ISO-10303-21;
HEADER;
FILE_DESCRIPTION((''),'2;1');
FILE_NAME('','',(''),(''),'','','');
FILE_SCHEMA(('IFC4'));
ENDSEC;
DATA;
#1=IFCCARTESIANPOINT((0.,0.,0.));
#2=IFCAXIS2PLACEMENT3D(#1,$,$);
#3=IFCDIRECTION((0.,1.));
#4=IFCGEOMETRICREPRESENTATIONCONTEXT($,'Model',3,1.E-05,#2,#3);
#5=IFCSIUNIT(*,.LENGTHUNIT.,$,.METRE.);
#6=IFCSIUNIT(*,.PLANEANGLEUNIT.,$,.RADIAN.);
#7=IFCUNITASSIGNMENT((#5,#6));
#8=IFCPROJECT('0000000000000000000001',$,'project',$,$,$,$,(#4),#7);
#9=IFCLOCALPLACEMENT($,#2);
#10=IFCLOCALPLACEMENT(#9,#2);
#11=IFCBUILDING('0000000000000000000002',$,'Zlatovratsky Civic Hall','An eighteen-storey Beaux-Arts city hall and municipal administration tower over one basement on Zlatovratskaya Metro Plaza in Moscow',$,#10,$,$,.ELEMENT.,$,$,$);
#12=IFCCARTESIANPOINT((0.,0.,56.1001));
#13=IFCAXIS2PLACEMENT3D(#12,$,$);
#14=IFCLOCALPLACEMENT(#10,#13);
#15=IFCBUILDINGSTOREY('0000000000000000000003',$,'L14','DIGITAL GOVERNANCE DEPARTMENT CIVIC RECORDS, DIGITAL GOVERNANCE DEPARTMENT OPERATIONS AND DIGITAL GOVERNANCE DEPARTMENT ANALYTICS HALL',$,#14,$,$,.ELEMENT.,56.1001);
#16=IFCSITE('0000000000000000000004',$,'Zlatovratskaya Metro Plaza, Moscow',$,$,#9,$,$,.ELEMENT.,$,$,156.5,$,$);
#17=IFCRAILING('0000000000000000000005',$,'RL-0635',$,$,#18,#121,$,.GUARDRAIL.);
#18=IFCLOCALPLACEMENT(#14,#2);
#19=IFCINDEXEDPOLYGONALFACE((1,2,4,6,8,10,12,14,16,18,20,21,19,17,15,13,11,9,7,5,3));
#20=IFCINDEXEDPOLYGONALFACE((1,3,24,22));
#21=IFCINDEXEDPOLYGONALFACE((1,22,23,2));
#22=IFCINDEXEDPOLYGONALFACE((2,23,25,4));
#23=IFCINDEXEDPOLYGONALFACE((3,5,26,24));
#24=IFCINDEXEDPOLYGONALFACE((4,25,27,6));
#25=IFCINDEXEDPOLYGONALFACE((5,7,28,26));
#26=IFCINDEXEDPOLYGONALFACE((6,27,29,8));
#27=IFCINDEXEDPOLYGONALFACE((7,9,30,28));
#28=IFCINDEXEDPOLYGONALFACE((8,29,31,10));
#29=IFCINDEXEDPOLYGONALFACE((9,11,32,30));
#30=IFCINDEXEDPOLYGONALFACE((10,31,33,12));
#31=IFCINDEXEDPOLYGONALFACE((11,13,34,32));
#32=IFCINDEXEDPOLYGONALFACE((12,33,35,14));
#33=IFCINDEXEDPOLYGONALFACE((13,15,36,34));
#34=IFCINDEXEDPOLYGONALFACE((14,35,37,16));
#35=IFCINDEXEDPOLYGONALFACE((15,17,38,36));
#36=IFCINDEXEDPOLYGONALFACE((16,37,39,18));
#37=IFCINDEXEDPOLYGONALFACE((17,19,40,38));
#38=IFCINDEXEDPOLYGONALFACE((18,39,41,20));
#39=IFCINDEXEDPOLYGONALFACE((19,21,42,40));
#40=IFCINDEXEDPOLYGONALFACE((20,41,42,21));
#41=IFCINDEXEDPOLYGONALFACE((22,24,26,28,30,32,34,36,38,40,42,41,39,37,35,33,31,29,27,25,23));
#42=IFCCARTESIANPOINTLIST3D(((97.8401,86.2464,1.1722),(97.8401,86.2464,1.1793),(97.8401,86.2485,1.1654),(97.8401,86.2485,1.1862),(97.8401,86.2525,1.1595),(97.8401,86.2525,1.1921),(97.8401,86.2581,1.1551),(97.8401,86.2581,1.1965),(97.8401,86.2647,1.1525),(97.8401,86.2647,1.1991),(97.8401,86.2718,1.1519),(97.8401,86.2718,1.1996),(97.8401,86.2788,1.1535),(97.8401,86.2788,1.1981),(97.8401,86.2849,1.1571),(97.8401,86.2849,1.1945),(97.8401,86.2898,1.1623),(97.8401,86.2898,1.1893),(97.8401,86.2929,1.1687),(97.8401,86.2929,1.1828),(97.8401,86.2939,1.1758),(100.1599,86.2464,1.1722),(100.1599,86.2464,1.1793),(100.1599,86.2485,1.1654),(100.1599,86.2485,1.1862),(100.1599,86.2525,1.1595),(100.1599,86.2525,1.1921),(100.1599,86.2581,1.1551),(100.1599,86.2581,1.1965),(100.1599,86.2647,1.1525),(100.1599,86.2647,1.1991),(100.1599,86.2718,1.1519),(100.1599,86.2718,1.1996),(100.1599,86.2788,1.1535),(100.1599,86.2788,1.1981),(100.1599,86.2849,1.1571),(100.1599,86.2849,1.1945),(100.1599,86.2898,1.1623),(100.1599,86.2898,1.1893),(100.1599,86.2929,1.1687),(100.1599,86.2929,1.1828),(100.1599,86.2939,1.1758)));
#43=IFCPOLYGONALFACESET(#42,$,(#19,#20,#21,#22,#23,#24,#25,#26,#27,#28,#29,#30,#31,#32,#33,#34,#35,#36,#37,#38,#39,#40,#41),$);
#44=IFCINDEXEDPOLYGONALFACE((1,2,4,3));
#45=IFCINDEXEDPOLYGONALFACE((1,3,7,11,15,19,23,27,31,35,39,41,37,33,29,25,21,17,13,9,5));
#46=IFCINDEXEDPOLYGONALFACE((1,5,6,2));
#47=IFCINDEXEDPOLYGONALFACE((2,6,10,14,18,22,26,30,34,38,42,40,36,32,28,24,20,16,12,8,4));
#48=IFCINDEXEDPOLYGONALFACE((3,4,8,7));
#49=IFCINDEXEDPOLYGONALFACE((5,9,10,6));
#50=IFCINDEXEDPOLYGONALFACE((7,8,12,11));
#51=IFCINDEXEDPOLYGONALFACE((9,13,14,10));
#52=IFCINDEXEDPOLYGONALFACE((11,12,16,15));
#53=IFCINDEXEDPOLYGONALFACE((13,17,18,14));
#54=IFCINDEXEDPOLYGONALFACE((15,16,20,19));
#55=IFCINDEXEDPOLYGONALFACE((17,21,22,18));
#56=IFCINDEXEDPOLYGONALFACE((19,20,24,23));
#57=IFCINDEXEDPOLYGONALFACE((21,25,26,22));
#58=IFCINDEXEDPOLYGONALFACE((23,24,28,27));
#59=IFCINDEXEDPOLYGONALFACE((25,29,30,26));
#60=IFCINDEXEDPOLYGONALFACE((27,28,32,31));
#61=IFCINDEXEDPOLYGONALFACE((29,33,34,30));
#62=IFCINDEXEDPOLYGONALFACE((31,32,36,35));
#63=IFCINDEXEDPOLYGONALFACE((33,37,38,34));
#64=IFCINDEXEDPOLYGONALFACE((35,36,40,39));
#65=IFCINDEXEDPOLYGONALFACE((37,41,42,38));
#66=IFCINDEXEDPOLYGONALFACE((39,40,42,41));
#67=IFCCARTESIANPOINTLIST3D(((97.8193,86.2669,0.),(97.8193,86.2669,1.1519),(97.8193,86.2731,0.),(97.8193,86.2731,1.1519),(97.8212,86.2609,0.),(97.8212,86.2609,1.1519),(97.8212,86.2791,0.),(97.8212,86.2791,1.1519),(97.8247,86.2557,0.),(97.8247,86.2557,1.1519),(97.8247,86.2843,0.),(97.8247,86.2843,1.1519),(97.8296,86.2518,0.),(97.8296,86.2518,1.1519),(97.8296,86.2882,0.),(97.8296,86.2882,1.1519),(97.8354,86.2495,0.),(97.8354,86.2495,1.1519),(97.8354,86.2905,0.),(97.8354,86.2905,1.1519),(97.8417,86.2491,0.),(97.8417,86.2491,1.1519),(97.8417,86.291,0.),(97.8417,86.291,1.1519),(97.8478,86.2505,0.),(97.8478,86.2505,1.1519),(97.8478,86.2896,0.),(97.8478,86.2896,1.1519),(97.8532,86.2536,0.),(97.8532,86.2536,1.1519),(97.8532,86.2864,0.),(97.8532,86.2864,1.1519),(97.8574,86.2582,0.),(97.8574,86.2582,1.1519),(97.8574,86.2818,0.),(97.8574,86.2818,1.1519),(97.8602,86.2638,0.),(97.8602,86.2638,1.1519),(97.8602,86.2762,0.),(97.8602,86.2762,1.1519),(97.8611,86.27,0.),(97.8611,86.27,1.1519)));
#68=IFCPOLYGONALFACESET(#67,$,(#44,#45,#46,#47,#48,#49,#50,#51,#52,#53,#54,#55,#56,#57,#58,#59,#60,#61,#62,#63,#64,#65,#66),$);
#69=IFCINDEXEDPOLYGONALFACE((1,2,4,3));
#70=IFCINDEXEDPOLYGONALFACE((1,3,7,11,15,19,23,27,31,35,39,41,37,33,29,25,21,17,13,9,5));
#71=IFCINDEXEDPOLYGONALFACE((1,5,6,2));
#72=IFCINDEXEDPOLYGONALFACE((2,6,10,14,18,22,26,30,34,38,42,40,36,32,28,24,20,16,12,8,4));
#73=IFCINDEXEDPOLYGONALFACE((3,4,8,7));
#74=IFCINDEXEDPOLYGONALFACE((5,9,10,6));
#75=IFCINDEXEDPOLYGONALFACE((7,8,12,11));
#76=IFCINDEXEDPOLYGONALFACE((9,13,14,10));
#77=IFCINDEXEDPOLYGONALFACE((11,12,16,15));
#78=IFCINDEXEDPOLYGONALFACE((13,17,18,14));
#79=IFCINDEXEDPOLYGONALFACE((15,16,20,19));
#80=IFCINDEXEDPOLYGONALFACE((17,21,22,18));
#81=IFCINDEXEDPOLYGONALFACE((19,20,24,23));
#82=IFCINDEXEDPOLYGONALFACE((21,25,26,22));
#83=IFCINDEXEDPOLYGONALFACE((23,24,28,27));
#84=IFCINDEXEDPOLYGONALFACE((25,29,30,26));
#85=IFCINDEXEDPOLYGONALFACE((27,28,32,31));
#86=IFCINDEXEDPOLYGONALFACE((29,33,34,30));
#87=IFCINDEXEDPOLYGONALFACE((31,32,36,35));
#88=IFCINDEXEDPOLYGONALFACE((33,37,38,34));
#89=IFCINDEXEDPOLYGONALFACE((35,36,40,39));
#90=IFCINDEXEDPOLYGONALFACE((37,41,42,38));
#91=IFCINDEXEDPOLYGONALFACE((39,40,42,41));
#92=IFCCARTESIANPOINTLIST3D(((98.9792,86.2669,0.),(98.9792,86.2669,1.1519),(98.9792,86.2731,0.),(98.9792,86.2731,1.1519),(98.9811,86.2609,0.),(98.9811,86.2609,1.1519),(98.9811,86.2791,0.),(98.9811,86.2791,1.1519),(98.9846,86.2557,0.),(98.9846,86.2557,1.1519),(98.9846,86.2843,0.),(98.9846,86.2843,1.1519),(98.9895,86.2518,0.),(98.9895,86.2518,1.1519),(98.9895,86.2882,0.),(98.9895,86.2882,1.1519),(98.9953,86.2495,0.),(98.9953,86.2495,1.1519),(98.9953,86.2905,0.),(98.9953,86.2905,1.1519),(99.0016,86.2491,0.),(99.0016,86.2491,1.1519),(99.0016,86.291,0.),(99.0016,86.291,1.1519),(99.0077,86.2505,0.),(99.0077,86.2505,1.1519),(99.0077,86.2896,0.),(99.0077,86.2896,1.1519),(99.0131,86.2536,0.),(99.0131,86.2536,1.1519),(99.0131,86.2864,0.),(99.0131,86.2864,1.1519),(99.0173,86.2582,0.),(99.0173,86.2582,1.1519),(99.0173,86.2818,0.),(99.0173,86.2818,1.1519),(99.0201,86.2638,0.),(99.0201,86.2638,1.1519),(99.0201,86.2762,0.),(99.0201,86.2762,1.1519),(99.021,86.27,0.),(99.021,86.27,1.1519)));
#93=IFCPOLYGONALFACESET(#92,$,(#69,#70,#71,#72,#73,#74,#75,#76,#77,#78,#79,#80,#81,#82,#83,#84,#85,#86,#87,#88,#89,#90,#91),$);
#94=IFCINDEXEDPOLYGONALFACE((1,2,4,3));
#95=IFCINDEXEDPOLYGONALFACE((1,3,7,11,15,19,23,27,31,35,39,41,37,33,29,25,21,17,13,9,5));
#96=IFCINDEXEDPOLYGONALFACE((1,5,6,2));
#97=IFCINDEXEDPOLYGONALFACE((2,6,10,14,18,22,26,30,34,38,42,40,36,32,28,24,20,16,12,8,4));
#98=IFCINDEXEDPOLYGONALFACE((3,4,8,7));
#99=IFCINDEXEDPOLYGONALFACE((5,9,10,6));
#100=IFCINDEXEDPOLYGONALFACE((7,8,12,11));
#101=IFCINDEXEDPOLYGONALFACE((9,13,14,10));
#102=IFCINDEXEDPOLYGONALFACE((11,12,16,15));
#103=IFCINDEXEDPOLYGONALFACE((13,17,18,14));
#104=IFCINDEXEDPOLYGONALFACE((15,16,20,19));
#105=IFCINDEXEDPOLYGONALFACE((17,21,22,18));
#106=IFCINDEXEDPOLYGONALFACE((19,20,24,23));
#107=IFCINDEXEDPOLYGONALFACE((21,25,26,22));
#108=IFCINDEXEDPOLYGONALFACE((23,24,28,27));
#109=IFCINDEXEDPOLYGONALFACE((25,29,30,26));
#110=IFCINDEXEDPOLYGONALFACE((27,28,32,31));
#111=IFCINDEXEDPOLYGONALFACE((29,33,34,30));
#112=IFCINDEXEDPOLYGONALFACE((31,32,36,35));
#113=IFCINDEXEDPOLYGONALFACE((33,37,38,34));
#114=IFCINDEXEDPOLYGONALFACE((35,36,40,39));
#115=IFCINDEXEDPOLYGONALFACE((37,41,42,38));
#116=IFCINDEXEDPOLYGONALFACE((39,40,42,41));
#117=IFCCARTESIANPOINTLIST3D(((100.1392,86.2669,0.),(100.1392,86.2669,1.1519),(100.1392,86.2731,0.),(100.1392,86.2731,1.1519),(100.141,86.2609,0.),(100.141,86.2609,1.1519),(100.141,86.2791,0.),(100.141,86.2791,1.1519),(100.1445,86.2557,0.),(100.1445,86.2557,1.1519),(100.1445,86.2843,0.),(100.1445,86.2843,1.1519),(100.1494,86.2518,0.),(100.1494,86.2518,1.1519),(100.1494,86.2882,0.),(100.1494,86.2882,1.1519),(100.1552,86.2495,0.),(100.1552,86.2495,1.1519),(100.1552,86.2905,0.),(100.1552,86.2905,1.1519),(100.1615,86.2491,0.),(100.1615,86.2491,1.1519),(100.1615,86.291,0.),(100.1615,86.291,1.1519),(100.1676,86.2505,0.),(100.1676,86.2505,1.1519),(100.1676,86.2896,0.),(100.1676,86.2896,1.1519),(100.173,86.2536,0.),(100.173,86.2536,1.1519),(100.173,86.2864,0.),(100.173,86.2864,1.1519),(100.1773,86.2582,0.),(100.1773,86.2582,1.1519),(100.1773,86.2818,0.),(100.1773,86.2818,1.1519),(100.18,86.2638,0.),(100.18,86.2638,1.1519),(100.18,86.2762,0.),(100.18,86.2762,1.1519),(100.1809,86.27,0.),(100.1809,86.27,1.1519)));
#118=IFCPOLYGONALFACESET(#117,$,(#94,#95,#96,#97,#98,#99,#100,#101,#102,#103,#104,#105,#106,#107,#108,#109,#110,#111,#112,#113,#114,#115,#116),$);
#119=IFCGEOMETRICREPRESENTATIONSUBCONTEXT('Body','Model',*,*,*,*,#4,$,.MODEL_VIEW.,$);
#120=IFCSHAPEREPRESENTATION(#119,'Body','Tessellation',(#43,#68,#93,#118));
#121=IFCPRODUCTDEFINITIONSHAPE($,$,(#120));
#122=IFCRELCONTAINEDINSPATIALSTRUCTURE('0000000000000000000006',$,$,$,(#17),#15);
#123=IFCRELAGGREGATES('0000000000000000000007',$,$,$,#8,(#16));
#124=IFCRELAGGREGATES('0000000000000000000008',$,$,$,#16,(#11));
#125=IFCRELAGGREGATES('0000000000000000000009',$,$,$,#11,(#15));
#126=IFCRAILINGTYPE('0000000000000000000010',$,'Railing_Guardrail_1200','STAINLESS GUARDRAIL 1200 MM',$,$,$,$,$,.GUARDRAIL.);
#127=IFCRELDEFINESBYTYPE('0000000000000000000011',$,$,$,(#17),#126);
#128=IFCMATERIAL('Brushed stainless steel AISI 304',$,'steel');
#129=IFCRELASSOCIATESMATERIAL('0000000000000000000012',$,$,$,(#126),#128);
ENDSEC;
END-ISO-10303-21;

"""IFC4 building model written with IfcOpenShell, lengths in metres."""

from ifc_helpers import new_model, si_unit, direction, frame, origin, origin_2d, place, context, subcontext, project, spatial, circle, extrude, material, type_object, element, save


model = new_model("IFC4")

# Units and contexts
model_context = context("Model", 3, precision=1e-05, world=origin(), true_north=direction((0.0, 1.0)))
body_context = subcontext(model_context, "Body", "Model", "MODEL_VIEW")
ifc_project = project(units=[si_unit("LENGTHUNIT", "METRE"), si_unit("PLANEANGLEUNIT", "RADIAN")], contexts=[model_context])

# Site, building, storey
site_placement = place(None, origin())
site = spatial("IfcSite", under=ifc_project, at=site_placement, Name="Zlatovratskaya Metro Plaza, Moscow", CompositionType="ELEMENT", RefElevation=156.5)
building_placement = place(site_placement, origin())
building = spatial("IfcBuilding", under=site, at=building_placement, Name="Zlatovratsky Civic Hall", Description="An eighteen-storey Beaux-Arts city hall and municipal administration tower over one basement on Zlatovratskaya Metro Plaza in Moscow", CompositionType="ELEMENT")
storey_placement = place(building_placement, frame((0.0, 0.0, 56.1001)))
storey = spatial("IfcBuildingStorey", under=building, at=storey_placement, Name="L14", Description="DIGITAL GOVERNANCE DEPARTMENT CIVIC RECORDS, DIGITAL GOVERNANCE DEPARTMENT OPERATIONS AND DIGITAL GOVERNANCE DEPARTMENT ANALYTICS HALL", CompositionType="ELEMENT", Elevation=56.1001)

# Railing
ifc_material_1 = material(Name="Brushed stainless steel AISI 304", Category="steel")
railing_type_1 = type_object("IfcRailingType", Name="Railing_Guardrail_1200", Description="STAINLESS GUARDRAIL 1200 MM", PredefinedType="GUARDRAIL", material=ifc_material_1)
railing_1_placement = place(storey_placement, frame((97.8401, 86.27, 0.0)))
element("IfcRailing", 1, at=railing_1_placement, inside=storey, type_object=railing_type_1, Name="RL-0635", PredefinedType="GUARDRAIL", context=body_context, shape_type="SweptSolid", body=[
    extrude(circle(Radius=0.0239, at=origin_2d()), frame((0.0, 0.0, 1.1758), z_axis=(1.0, 0.0, 0.0), x_axis=(0.0, 1.0, 0.0)), (0.0, 0.0, 1.0), 2.3198),
    extrude(circle(Radius=0.021, at=origin_2d()), origin(), (0.0, 0.0, 1.0), 1.1519),
    extrude(circle(Radius=0.021, at=origin_2d()), frame((1.1599, 0.0, 0.0)), (0.0, 0.0, 1.0), 1.1519),
    extrude(circle(Radius=0.021, at=origin_2d()), frame((2.3198, 0.0, 0.0)), (0.0, 0.0, 1.0), 1.1519),
])

save(model, "model.ifc")
